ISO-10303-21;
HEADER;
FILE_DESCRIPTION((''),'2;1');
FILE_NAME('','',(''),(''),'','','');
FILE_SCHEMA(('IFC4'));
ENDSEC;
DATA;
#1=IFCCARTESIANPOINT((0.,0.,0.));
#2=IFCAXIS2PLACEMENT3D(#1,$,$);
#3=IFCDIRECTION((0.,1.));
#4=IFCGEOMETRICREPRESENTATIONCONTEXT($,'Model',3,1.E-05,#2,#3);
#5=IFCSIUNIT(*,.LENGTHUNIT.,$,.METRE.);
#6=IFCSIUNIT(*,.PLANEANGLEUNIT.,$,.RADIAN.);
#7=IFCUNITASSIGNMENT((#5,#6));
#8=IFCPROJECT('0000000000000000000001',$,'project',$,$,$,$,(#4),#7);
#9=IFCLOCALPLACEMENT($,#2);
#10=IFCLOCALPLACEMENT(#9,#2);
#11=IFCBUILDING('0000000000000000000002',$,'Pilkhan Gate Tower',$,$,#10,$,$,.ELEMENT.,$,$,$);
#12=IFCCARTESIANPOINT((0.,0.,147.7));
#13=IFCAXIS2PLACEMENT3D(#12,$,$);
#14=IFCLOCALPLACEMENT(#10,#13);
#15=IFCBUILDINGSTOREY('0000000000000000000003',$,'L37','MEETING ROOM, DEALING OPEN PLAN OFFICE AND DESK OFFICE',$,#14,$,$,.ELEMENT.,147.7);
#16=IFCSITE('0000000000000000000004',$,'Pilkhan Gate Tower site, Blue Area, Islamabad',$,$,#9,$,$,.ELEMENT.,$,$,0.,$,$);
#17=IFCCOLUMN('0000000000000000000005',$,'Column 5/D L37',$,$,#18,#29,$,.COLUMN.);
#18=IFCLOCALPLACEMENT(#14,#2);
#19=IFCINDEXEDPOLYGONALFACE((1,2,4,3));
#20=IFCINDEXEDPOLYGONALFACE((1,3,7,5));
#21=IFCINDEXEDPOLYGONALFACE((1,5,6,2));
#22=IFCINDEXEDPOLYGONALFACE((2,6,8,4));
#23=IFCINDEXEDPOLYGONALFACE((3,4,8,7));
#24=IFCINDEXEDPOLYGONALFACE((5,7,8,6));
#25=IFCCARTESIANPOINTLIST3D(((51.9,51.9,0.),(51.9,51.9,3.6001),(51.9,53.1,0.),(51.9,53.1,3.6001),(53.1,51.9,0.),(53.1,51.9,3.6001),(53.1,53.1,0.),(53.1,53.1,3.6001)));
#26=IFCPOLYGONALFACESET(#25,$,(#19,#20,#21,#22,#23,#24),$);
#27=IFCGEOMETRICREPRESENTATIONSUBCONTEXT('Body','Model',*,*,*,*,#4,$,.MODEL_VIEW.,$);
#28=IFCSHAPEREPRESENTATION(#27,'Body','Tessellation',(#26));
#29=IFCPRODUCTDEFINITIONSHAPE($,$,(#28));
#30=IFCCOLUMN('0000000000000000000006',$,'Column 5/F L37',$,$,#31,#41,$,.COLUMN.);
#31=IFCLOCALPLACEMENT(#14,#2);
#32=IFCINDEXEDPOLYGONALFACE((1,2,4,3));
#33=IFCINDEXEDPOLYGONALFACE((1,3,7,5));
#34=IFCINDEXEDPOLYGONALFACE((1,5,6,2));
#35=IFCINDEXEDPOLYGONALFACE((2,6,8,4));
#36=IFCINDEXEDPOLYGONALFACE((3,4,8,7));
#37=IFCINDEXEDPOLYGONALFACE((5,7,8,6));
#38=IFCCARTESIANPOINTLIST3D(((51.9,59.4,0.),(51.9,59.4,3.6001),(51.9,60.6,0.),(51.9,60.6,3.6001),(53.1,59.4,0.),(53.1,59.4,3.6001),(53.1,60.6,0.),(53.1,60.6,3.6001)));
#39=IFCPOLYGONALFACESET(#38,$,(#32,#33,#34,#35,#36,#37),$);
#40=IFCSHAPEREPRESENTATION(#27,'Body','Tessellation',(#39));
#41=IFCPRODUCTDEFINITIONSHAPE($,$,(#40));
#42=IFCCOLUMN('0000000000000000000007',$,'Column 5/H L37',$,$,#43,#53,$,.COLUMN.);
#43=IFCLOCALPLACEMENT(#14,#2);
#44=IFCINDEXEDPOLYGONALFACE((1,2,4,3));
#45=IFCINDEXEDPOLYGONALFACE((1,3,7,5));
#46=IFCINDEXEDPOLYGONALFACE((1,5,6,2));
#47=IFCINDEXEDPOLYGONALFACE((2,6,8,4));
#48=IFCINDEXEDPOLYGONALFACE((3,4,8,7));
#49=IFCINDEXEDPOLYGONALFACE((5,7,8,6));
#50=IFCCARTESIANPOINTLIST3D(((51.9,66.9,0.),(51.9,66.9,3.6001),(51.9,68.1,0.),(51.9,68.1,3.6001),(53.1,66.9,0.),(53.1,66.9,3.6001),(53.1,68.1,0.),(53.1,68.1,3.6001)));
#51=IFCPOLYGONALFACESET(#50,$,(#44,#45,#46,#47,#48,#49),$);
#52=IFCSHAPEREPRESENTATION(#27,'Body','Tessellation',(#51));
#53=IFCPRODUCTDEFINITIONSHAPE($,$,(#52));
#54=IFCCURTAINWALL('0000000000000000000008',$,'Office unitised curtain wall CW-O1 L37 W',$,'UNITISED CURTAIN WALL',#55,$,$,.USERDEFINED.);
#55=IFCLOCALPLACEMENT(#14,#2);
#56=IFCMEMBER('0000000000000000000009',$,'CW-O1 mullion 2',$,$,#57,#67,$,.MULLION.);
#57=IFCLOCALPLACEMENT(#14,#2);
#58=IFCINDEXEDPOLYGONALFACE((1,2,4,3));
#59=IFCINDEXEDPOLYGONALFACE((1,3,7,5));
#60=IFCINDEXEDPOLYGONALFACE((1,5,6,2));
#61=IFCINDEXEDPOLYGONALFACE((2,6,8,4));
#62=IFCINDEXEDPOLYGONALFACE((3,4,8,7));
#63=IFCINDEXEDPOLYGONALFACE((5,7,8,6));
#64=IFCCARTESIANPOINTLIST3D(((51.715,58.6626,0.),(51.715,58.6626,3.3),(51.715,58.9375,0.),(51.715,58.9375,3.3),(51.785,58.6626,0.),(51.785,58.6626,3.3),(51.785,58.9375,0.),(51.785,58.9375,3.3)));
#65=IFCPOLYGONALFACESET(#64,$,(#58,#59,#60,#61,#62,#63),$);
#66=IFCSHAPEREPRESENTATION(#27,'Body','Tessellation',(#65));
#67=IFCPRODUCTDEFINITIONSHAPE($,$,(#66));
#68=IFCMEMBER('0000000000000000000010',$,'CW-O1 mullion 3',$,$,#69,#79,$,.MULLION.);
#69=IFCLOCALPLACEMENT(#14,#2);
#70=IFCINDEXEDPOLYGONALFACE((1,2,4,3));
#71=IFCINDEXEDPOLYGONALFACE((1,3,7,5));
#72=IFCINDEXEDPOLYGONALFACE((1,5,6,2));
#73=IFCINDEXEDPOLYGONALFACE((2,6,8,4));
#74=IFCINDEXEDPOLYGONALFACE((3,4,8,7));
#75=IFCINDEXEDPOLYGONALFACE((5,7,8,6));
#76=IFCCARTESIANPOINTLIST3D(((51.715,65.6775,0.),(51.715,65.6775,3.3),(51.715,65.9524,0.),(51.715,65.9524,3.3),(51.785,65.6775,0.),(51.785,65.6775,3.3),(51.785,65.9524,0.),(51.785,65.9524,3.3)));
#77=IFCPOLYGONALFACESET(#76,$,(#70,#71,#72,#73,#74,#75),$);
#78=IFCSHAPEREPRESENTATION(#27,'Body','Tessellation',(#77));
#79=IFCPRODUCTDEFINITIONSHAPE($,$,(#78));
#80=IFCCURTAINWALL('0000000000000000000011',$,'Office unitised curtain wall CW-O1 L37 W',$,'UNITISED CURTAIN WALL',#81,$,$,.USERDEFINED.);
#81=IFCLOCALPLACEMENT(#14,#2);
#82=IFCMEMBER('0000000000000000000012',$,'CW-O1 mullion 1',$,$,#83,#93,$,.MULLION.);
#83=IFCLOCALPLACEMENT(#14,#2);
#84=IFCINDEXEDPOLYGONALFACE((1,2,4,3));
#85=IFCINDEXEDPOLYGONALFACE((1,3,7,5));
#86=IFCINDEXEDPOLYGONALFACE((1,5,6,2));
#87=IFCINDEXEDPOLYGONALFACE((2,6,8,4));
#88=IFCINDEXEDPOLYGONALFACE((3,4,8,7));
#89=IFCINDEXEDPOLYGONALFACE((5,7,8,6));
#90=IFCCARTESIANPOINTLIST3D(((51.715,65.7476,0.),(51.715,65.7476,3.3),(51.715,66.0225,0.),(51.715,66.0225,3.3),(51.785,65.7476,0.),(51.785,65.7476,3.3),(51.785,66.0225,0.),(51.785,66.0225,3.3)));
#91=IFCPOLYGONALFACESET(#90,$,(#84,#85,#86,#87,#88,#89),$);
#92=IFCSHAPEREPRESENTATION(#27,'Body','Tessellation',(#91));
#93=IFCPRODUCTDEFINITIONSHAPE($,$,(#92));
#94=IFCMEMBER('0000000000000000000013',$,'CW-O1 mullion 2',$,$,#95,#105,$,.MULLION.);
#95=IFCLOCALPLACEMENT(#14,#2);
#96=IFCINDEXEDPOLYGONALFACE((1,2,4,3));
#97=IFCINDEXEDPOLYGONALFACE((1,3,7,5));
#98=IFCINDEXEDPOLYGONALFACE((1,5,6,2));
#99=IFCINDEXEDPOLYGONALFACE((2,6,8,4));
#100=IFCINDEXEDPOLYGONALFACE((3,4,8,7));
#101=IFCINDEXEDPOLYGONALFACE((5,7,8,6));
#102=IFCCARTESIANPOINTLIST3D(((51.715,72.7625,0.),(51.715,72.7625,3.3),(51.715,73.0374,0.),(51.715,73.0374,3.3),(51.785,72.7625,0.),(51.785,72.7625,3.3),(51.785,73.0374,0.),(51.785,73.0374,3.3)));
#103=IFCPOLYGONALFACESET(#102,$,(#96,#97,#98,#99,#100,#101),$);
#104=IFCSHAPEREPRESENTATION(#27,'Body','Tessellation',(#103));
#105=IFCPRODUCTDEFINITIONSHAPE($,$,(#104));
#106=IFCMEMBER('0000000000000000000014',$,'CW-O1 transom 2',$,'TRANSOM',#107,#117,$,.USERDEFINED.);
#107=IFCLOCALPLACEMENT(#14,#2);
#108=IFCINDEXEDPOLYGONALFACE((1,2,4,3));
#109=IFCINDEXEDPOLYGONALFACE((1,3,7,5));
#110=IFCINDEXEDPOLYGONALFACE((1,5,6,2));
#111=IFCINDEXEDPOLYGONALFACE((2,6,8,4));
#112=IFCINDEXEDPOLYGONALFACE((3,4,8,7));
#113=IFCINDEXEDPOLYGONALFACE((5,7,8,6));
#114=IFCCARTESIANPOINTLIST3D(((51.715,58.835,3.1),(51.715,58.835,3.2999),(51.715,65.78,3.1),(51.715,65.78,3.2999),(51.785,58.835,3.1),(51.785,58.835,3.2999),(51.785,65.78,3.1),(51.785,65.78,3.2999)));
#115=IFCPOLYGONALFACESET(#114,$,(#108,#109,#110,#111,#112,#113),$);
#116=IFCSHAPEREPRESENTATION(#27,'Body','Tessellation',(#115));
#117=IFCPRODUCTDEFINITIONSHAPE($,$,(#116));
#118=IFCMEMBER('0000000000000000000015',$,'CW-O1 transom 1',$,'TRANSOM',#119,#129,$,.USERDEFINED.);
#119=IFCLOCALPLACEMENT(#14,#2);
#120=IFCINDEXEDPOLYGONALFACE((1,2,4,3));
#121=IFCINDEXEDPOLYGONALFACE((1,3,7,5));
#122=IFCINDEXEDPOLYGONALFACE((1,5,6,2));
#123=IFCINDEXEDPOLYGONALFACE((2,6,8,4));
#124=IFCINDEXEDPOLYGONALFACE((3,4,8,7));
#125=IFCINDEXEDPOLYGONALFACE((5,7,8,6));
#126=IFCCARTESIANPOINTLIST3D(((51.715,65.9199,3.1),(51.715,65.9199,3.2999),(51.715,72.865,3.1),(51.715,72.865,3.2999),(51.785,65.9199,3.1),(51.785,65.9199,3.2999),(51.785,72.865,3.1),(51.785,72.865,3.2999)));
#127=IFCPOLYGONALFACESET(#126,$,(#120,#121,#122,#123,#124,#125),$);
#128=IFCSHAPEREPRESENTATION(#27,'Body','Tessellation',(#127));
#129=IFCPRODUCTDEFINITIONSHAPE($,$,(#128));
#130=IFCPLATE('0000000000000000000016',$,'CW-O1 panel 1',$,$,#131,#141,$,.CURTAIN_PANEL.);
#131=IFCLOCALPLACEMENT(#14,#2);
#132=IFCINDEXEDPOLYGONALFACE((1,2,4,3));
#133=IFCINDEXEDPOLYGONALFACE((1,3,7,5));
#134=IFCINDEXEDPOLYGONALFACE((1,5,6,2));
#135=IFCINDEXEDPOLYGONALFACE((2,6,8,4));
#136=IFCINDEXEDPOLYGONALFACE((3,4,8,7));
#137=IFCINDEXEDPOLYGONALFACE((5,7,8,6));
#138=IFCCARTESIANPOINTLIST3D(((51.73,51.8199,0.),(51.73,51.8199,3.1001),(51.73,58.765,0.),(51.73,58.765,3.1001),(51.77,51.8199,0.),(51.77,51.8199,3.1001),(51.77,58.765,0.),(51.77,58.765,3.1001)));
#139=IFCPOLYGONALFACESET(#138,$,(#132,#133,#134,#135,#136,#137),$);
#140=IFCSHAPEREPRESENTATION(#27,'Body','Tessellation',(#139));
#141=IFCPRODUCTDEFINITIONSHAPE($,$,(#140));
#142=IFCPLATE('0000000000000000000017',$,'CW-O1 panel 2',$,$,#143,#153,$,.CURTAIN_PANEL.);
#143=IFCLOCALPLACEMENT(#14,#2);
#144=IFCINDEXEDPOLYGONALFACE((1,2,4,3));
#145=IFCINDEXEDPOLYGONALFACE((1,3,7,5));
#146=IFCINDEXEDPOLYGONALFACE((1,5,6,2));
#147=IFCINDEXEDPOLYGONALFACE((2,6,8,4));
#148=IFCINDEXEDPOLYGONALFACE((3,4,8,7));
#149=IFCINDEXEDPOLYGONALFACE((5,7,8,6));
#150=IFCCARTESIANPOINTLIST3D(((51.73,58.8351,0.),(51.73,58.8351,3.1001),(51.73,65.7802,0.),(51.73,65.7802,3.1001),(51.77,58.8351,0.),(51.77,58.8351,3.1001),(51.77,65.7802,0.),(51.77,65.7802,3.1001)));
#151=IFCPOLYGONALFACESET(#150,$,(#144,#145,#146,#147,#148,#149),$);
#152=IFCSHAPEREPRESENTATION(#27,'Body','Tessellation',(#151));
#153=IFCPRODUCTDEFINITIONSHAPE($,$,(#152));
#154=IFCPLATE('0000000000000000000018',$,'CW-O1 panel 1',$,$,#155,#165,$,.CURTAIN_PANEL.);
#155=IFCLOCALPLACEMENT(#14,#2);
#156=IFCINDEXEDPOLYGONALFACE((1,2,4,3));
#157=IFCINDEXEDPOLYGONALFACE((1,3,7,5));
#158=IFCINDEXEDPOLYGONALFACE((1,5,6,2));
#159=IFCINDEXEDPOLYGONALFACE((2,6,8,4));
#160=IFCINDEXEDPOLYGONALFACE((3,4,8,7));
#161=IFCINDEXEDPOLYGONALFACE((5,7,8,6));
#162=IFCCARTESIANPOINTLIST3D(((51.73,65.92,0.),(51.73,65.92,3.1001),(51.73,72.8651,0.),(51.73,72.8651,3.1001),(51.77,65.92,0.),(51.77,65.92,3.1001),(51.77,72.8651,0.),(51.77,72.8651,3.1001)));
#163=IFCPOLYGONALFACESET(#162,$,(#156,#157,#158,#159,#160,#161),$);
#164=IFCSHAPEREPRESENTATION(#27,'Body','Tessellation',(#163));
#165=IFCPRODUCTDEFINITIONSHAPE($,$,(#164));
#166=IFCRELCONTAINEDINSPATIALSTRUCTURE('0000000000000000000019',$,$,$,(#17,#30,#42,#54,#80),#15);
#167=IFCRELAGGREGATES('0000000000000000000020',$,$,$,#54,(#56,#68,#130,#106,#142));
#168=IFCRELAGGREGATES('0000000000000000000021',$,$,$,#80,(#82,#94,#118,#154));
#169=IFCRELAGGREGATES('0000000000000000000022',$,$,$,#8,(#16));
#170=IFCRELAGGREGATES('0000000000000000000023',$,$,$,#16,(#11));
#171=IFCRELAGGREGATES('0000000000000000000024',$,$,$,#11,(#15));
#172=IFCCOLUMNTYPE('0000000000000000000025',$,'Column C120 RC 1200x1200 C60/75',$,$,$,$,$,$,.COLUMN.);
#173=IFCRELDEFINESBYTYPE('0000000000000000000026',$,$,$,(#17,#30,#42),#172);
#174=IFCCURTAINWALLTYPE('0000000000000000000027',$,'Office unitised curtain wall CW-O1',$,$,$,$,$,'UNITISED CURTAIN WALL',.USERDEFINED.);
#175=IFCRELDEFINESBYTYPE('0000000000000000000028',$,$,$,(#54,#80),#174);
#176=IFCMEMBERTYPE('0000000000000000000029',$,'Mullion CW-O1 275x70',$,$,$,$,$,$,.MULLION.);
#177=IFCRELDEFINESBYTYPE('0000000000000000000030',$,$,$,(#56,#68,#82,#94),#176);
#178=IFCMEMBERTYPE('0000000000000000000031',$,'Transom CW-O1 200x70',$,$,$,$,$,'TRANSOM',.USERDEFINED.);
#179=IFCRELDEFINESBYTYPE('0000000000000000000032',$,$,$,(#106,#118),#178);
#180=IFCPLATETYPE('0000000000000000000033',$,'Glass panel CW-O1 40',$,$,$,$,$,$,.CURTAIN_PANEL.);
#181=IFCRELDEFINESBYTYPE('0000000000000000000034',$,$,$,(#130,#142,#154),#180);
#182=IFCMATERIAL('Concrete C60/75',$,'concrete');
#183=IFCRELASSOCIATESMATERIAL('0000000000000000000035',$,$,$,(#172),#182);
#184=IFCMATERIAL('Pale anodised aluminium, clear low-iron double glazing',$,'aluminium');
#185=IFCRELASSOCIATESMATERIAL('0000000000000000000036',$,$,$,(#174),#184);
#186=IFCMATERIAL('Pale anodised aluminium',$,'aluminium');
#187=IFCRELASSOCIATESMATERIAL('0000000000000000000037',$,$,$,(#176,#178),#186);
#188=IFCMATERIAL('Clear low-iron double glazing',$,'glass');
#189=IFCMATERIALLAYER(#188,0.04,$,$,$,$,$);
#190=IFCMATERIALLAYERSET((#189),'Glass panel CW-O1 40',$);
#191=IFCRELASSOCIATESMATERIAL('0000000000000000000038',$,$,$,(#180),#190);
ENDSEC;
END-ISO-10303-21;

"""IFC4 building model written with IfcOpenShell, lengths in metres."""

from ifc_helpers import new_model, si_unit, direction, frame, origin, origin_2d, place, context, subcontext, project, spatial, rectangle, extrude, material, layer, layer_set, material_profile, profile_set, type_object, element, aggregate, save


model = new_model("IFC4")

# Units and contexts
model_context = context("Model", 3, precision=1e-05, world=origin(), true_north=direction((0.0, 1.0)))
body_context = subcontext(model_context, "Body", "Model", "MODEL_VIEW")
ifc_project = project(units=[si_unit("LENGTHUNIT", "METRE"), si_unit("PLANEANGLEUNIT", "RADIAN")], contexts=[model_context])

# Site, building, storey
site_placement = place(None, origin())
site = spatial("IfcSite", under=ifc_project, at=site_placement, Name="Pilkhan Gate Tower site, Blue Area, Islamabad", CompositionType="ELEMENT", RefElevation=0.0)
building_placement = place(site_placement, origin())
building = spatial("IfcBuilding", under=site, at=building_placement, Name="Pilkhan Gate Tower", CompositionType="ELEMENT")
storey_placement = place(building_placement, frame((0.0, 0.0, 147.7)))
storey = spatial("IfcBuildingStorey", under=building, at=storey_placement, Name="L37", Description="MEETING ROOM, DEALING OPEN PLAN OFFICE AND DESK OFFICE", CompositionType="ELEMENT", Elevation=147.7)

# Columns
ifc_material_1 = material(Name="Concrete C60/75", Category="concrete")
ifc_material_profile_1 = material_profile(ifc_material_1, rectangle(XDim=1.2, YDim=1.2, at=origin_2d()), Name="RC 1200x1200")
ifc_profile_set_1 = profile_set([ifc_material_profile_1], Name="Concrete C60/75")
column_type = type_object("IfcColumnType", Name="Column C120 RC 1200x1200 C60/75", PredefinedType="COLUMN", material=ifc_profile_set_1)
for number, where, z_axis, x_axis, name in (
    (1, (52.5, 52.5, 0.0), (0.0, 0.0, 1.0), (1.0, 0.0, 0.0), "Column 5/D L37"),
    (2, (52.5, 60.0, 0.0), (0.0, 0.0, 1.0), (1.0, 0.0, 0.0), "Column 5/F L37"),
    (3, (52.5, 67.5, 0.0), (0.0, 0.0, 1.0), (1.0, 0.0, 0.0), "Column 5/H L37"),
):
    element("IfcColumn", number, at=place(storey_placement, frame(where, z_axis=z_axis, x_axis=x_axis)), inside=storey, type_object=column_type, Name=name, PredefinedType="COLUMN", context=body_context, shape_type="SweptSolid", body=[
        extrude(rectangle(XDim=1.2, YDim=1.2, at=origin_2d()), origin(), (0.0, 0.0, 1.0), 3.6001),
    ])

# Curtain walls, members
ifc_material_2 = material(Name="Pale anodised aluminium, clear low-iron double glazing", Category="aluminium")
curtain_wall_type = type_object("IfcCurtainWallType", Name="Office unitised curtain wall CW-O1", ElementType="UNITISED CURTAIN WALL", PredefinedType="USERDEFINED", material=ifc_material_2)
curtain_wall_1_placement = place(storey_placement, origin())
curtain_wall_1 = element("IfcCurtainWall", 4, at=curtain_wall_1_placement, inside=storey, type_object=curtain_wall_type, Name="Office unitised curtain wall CW-O1 L37 W", ObjectType="UNITISED CURTAIN WALL", PredefinedType="USERDEFINED")
ifc_material_3 = material(Name="Pale anodised aluminium", Category="aluminium")
ifc_material_profile_2 = material_profile(ifc_material_3, rectangle(XDim=0.0701, YDim=0.2749, at=origin_2d()), Name="Mullion 275x70")
ifc_profile_set_2 = profile_set([ifc_material_profile_2], Name="Pale anodised aluminium")
member_type_1 = type_object("IfcMemberType", Name="Mullion CW-O1 275x70", PredefinedType="MULLION", material=ifc_profile_set_2)
member_1_placement = place(storey_placement, frame((51.75, 58.8, 0.0), z_axis=(0.0, 0.0, 1.0), x_axis=(-1.0, 0.0, 0.0)))
member_1 = element("IfcMember", 5, at=member_1_placement, type_object=member_type_1, Name="CW-O1 mullion 2", PredefinedType="MULLION", context=body_context, shape_type="SweptSolid", body=[
    extrude(rectangle(XDim=0.0701, YDim=0.2749, at=origin_2d()), origin(), (0.0, 0.0, 1.0), 3.3),
])
member_2_placement = place(storey_placement, frame((51.75, 65.8149, 0.0), z_axis=(0.0, 0.0, 1.0), x_axis=(-1.0, 0.0, 0.0)))
member_2 = element("IfcMember", 6, at=member_2_placement, type_object=member_type_1, Name="CW-O1 mullion 3", PredefinedType="MULLION", context=body_context, shape_type="SweptSolid", body=[
    extrude(rectangle(XDim=0.0701, YDim=0.2749, at=origin_2d()), origin(), (0.0, 0.0, 1.0), 3.3),
])
curtain_wall_2_placement = place(storey_placement, origin())
curtain_wall_2 = element("IfcCurtainWall", 7, at=curtain_wall_2_placement, inside=storey, type_object=curtain_wall_type, Name="Office unitised curtain wall CW-O1 L37 W", ObjectType="UNITISED CURTAIN WALL", PredefinedType="USERDEFINED")
member_3_placement = place(storey_placement, frame((51.75, 65.885, 0.0), z_axis=(0.0, 0.0, 1.0), x_axis=(-1.0, 0.0, 0.0)))
member_3 = element("IfcMember", 8, at=member_3_placement, type_object=member_type_1, Name="CW-O1 mullion 1", PredefinedType="MULLION", context=body_context, shape_type="SweptSolid", body=[
    extrude(rectangle(XDim=0.0701, YDim=0.2749, at=origin_2d()), origin(), (0.0, 0.0, 1.0), 3.3),
])
member_4_placement = place(storey_placement, frame((51.75, 72.8999, 0.0), z_axis=(0.0, 0.0, 1.0), x_axis=(-1.0, 0.0, 0.0)))
member_4 = element("IfcMember", 9, at=member_4_placement, type_object=member_type_1, Name="CW-O1 mullion 2", PredefinedType="MULLION", context=body_context, shape_type="SweptSolid", body=[
    extrude(rectangle(XDim=0.0701, YDim=0.2749, at=origin_2d()), origin(), (0.0, 0.0, 1.0), 3.3),
])

# Members
ifc_material_profile_3 = material_profile(ifc_material_3, rectangle(XDim=0.0701, YDim=0.2, at=origin_2d()), Name="Transom 200x70")
ifc_profile_set_3 = profile_set([ifc_material_profile_3], Name="Pale anodised aluminium")
member_type_2 = type_object("IfcMemberType", Name="Transom CW-O1 200x70", ElementType="TRANSOM", PredefinedType="USERDEFINED", material=ifc_profile_set_3)
member_5_placement = place(storey_placement, frame((51.75, 58.835, 3.2), z_axis=(0.0, 1.0, 0.0), x_axis=(-1.0, 0.0, 0.0)))
member_5 = element("IfcMember", 10, at=member_5_placement, type_object=member_type_2, Name="CW-O1 transom 2", ObjectType="TRANSOM", PredefinedType="USERDEFINED", context=body_context, shape_type="SweptSolid", body=[
    extrude(rectangle(XDim=0.0701, YDim=0.2, at=origin_2d()), origin(), (0.0, 0.0, 1.0), 6.9451),
])
member_6_placement = place(storey_placement, frame((51.75, 65.9199, 3.2), z_axis=(0.0, 1.0, 0.0), x_axis=(-1.0, 0.0, 0.0)))
member_6 = element("IfcMember", 11, at=member_6_placement, type_object=member_type_2, Name="CW-O1 transom 1", ObjectType="TRANSOM", PredefinedType="USERDEFINED", context=body_context, shape_type="SweptSolid", body=[
    extrude(rectangle(XDim=0.0701, YDim=0.2, at=origin_2d()), origin(), (0.0, 0.0, 1.0), 6.9451),
])

# Plates
ifc_material_4 = material(Name="Clear low-iron double glazing", Category="glass")
ifc_layer_1 = layer(ifc_material_4, 0.04)
ifc_layer_set_1 = layer_set([ifc_layer_1], Name="Glass panel CW-O1 40")
plate_type = type_object("IfcPlateType", Name="Glass panel CW-O1 40", PredefinedType="CURTAIN_PANEL", material=ifc_layer_set_1)
plate_1_placement = place(storey_placement, frame((51.75, 55.2925, 0.0), z_axis=(0.0, 0.0, 1.0), x_axis=(0.0, 1.0, 0.0)))
plate_1 = element("IfcPlate", 12, at=plate_1_placement, type_object=plate_type, Name="CW-O1 panel 1", PredefinedType="CURTAIN_PANEL", context=body_context, shape_type="SweptSolid", body=[
    extrude(rectangle(XDim=6.9451, YDim=0.04, at=origin_2d()), origin(), (0.0, 0.0, 1.0), 3.1001),
])
plate_2_placement = place(storey_placement, frame((51.75, 62.3076, 0.0), z_axis=(0.0, 0.0, 1.0), x_axis=(0.0, 1.0, 0.0)))
plate_2 = element("IfcPlate", 13, at=plate_2_placement, type_object=plate_type, Name="CW-O1 panel 2", PredefinedType="CURTAIN_PANEL", context=body_context, shape_type="SweptSolid", body=[
    extrude(rectangle(XDim=6.9451, YDim=0.04, at=origin_2d()), origin(), (0.0, 0.0, 1.0), 3.1001),
])
aggregate(curtain_wall_1, [member_1, member_2, plate_1, member_5, plate_2])
plate_3_placement = place(storey_placement, frame((51.75, 69.3926, 0.0), z_axis=(0.0, 0.0, 1.0), x_axis=(0.0, 1.0, 0.0)))
plate_3 = element("IfcPlate", 14, at=plate_3_placement, type_object=plate_type, Name="CW-O1 panel 1", PredefinedType="CURTAIN_PANEL", context=body_context, shape_type="SweptSolid", body=[
    extrude(rectangle(XDim=6.9451, YDim=0.04, at=origin_2d()), origin(), (0.0, 0.0, 1.0), 3.1001),
])
aggregate(curtain_wall_2, [member_3, member_4, member_6, plate_3])

save(model, "model.ifc")
